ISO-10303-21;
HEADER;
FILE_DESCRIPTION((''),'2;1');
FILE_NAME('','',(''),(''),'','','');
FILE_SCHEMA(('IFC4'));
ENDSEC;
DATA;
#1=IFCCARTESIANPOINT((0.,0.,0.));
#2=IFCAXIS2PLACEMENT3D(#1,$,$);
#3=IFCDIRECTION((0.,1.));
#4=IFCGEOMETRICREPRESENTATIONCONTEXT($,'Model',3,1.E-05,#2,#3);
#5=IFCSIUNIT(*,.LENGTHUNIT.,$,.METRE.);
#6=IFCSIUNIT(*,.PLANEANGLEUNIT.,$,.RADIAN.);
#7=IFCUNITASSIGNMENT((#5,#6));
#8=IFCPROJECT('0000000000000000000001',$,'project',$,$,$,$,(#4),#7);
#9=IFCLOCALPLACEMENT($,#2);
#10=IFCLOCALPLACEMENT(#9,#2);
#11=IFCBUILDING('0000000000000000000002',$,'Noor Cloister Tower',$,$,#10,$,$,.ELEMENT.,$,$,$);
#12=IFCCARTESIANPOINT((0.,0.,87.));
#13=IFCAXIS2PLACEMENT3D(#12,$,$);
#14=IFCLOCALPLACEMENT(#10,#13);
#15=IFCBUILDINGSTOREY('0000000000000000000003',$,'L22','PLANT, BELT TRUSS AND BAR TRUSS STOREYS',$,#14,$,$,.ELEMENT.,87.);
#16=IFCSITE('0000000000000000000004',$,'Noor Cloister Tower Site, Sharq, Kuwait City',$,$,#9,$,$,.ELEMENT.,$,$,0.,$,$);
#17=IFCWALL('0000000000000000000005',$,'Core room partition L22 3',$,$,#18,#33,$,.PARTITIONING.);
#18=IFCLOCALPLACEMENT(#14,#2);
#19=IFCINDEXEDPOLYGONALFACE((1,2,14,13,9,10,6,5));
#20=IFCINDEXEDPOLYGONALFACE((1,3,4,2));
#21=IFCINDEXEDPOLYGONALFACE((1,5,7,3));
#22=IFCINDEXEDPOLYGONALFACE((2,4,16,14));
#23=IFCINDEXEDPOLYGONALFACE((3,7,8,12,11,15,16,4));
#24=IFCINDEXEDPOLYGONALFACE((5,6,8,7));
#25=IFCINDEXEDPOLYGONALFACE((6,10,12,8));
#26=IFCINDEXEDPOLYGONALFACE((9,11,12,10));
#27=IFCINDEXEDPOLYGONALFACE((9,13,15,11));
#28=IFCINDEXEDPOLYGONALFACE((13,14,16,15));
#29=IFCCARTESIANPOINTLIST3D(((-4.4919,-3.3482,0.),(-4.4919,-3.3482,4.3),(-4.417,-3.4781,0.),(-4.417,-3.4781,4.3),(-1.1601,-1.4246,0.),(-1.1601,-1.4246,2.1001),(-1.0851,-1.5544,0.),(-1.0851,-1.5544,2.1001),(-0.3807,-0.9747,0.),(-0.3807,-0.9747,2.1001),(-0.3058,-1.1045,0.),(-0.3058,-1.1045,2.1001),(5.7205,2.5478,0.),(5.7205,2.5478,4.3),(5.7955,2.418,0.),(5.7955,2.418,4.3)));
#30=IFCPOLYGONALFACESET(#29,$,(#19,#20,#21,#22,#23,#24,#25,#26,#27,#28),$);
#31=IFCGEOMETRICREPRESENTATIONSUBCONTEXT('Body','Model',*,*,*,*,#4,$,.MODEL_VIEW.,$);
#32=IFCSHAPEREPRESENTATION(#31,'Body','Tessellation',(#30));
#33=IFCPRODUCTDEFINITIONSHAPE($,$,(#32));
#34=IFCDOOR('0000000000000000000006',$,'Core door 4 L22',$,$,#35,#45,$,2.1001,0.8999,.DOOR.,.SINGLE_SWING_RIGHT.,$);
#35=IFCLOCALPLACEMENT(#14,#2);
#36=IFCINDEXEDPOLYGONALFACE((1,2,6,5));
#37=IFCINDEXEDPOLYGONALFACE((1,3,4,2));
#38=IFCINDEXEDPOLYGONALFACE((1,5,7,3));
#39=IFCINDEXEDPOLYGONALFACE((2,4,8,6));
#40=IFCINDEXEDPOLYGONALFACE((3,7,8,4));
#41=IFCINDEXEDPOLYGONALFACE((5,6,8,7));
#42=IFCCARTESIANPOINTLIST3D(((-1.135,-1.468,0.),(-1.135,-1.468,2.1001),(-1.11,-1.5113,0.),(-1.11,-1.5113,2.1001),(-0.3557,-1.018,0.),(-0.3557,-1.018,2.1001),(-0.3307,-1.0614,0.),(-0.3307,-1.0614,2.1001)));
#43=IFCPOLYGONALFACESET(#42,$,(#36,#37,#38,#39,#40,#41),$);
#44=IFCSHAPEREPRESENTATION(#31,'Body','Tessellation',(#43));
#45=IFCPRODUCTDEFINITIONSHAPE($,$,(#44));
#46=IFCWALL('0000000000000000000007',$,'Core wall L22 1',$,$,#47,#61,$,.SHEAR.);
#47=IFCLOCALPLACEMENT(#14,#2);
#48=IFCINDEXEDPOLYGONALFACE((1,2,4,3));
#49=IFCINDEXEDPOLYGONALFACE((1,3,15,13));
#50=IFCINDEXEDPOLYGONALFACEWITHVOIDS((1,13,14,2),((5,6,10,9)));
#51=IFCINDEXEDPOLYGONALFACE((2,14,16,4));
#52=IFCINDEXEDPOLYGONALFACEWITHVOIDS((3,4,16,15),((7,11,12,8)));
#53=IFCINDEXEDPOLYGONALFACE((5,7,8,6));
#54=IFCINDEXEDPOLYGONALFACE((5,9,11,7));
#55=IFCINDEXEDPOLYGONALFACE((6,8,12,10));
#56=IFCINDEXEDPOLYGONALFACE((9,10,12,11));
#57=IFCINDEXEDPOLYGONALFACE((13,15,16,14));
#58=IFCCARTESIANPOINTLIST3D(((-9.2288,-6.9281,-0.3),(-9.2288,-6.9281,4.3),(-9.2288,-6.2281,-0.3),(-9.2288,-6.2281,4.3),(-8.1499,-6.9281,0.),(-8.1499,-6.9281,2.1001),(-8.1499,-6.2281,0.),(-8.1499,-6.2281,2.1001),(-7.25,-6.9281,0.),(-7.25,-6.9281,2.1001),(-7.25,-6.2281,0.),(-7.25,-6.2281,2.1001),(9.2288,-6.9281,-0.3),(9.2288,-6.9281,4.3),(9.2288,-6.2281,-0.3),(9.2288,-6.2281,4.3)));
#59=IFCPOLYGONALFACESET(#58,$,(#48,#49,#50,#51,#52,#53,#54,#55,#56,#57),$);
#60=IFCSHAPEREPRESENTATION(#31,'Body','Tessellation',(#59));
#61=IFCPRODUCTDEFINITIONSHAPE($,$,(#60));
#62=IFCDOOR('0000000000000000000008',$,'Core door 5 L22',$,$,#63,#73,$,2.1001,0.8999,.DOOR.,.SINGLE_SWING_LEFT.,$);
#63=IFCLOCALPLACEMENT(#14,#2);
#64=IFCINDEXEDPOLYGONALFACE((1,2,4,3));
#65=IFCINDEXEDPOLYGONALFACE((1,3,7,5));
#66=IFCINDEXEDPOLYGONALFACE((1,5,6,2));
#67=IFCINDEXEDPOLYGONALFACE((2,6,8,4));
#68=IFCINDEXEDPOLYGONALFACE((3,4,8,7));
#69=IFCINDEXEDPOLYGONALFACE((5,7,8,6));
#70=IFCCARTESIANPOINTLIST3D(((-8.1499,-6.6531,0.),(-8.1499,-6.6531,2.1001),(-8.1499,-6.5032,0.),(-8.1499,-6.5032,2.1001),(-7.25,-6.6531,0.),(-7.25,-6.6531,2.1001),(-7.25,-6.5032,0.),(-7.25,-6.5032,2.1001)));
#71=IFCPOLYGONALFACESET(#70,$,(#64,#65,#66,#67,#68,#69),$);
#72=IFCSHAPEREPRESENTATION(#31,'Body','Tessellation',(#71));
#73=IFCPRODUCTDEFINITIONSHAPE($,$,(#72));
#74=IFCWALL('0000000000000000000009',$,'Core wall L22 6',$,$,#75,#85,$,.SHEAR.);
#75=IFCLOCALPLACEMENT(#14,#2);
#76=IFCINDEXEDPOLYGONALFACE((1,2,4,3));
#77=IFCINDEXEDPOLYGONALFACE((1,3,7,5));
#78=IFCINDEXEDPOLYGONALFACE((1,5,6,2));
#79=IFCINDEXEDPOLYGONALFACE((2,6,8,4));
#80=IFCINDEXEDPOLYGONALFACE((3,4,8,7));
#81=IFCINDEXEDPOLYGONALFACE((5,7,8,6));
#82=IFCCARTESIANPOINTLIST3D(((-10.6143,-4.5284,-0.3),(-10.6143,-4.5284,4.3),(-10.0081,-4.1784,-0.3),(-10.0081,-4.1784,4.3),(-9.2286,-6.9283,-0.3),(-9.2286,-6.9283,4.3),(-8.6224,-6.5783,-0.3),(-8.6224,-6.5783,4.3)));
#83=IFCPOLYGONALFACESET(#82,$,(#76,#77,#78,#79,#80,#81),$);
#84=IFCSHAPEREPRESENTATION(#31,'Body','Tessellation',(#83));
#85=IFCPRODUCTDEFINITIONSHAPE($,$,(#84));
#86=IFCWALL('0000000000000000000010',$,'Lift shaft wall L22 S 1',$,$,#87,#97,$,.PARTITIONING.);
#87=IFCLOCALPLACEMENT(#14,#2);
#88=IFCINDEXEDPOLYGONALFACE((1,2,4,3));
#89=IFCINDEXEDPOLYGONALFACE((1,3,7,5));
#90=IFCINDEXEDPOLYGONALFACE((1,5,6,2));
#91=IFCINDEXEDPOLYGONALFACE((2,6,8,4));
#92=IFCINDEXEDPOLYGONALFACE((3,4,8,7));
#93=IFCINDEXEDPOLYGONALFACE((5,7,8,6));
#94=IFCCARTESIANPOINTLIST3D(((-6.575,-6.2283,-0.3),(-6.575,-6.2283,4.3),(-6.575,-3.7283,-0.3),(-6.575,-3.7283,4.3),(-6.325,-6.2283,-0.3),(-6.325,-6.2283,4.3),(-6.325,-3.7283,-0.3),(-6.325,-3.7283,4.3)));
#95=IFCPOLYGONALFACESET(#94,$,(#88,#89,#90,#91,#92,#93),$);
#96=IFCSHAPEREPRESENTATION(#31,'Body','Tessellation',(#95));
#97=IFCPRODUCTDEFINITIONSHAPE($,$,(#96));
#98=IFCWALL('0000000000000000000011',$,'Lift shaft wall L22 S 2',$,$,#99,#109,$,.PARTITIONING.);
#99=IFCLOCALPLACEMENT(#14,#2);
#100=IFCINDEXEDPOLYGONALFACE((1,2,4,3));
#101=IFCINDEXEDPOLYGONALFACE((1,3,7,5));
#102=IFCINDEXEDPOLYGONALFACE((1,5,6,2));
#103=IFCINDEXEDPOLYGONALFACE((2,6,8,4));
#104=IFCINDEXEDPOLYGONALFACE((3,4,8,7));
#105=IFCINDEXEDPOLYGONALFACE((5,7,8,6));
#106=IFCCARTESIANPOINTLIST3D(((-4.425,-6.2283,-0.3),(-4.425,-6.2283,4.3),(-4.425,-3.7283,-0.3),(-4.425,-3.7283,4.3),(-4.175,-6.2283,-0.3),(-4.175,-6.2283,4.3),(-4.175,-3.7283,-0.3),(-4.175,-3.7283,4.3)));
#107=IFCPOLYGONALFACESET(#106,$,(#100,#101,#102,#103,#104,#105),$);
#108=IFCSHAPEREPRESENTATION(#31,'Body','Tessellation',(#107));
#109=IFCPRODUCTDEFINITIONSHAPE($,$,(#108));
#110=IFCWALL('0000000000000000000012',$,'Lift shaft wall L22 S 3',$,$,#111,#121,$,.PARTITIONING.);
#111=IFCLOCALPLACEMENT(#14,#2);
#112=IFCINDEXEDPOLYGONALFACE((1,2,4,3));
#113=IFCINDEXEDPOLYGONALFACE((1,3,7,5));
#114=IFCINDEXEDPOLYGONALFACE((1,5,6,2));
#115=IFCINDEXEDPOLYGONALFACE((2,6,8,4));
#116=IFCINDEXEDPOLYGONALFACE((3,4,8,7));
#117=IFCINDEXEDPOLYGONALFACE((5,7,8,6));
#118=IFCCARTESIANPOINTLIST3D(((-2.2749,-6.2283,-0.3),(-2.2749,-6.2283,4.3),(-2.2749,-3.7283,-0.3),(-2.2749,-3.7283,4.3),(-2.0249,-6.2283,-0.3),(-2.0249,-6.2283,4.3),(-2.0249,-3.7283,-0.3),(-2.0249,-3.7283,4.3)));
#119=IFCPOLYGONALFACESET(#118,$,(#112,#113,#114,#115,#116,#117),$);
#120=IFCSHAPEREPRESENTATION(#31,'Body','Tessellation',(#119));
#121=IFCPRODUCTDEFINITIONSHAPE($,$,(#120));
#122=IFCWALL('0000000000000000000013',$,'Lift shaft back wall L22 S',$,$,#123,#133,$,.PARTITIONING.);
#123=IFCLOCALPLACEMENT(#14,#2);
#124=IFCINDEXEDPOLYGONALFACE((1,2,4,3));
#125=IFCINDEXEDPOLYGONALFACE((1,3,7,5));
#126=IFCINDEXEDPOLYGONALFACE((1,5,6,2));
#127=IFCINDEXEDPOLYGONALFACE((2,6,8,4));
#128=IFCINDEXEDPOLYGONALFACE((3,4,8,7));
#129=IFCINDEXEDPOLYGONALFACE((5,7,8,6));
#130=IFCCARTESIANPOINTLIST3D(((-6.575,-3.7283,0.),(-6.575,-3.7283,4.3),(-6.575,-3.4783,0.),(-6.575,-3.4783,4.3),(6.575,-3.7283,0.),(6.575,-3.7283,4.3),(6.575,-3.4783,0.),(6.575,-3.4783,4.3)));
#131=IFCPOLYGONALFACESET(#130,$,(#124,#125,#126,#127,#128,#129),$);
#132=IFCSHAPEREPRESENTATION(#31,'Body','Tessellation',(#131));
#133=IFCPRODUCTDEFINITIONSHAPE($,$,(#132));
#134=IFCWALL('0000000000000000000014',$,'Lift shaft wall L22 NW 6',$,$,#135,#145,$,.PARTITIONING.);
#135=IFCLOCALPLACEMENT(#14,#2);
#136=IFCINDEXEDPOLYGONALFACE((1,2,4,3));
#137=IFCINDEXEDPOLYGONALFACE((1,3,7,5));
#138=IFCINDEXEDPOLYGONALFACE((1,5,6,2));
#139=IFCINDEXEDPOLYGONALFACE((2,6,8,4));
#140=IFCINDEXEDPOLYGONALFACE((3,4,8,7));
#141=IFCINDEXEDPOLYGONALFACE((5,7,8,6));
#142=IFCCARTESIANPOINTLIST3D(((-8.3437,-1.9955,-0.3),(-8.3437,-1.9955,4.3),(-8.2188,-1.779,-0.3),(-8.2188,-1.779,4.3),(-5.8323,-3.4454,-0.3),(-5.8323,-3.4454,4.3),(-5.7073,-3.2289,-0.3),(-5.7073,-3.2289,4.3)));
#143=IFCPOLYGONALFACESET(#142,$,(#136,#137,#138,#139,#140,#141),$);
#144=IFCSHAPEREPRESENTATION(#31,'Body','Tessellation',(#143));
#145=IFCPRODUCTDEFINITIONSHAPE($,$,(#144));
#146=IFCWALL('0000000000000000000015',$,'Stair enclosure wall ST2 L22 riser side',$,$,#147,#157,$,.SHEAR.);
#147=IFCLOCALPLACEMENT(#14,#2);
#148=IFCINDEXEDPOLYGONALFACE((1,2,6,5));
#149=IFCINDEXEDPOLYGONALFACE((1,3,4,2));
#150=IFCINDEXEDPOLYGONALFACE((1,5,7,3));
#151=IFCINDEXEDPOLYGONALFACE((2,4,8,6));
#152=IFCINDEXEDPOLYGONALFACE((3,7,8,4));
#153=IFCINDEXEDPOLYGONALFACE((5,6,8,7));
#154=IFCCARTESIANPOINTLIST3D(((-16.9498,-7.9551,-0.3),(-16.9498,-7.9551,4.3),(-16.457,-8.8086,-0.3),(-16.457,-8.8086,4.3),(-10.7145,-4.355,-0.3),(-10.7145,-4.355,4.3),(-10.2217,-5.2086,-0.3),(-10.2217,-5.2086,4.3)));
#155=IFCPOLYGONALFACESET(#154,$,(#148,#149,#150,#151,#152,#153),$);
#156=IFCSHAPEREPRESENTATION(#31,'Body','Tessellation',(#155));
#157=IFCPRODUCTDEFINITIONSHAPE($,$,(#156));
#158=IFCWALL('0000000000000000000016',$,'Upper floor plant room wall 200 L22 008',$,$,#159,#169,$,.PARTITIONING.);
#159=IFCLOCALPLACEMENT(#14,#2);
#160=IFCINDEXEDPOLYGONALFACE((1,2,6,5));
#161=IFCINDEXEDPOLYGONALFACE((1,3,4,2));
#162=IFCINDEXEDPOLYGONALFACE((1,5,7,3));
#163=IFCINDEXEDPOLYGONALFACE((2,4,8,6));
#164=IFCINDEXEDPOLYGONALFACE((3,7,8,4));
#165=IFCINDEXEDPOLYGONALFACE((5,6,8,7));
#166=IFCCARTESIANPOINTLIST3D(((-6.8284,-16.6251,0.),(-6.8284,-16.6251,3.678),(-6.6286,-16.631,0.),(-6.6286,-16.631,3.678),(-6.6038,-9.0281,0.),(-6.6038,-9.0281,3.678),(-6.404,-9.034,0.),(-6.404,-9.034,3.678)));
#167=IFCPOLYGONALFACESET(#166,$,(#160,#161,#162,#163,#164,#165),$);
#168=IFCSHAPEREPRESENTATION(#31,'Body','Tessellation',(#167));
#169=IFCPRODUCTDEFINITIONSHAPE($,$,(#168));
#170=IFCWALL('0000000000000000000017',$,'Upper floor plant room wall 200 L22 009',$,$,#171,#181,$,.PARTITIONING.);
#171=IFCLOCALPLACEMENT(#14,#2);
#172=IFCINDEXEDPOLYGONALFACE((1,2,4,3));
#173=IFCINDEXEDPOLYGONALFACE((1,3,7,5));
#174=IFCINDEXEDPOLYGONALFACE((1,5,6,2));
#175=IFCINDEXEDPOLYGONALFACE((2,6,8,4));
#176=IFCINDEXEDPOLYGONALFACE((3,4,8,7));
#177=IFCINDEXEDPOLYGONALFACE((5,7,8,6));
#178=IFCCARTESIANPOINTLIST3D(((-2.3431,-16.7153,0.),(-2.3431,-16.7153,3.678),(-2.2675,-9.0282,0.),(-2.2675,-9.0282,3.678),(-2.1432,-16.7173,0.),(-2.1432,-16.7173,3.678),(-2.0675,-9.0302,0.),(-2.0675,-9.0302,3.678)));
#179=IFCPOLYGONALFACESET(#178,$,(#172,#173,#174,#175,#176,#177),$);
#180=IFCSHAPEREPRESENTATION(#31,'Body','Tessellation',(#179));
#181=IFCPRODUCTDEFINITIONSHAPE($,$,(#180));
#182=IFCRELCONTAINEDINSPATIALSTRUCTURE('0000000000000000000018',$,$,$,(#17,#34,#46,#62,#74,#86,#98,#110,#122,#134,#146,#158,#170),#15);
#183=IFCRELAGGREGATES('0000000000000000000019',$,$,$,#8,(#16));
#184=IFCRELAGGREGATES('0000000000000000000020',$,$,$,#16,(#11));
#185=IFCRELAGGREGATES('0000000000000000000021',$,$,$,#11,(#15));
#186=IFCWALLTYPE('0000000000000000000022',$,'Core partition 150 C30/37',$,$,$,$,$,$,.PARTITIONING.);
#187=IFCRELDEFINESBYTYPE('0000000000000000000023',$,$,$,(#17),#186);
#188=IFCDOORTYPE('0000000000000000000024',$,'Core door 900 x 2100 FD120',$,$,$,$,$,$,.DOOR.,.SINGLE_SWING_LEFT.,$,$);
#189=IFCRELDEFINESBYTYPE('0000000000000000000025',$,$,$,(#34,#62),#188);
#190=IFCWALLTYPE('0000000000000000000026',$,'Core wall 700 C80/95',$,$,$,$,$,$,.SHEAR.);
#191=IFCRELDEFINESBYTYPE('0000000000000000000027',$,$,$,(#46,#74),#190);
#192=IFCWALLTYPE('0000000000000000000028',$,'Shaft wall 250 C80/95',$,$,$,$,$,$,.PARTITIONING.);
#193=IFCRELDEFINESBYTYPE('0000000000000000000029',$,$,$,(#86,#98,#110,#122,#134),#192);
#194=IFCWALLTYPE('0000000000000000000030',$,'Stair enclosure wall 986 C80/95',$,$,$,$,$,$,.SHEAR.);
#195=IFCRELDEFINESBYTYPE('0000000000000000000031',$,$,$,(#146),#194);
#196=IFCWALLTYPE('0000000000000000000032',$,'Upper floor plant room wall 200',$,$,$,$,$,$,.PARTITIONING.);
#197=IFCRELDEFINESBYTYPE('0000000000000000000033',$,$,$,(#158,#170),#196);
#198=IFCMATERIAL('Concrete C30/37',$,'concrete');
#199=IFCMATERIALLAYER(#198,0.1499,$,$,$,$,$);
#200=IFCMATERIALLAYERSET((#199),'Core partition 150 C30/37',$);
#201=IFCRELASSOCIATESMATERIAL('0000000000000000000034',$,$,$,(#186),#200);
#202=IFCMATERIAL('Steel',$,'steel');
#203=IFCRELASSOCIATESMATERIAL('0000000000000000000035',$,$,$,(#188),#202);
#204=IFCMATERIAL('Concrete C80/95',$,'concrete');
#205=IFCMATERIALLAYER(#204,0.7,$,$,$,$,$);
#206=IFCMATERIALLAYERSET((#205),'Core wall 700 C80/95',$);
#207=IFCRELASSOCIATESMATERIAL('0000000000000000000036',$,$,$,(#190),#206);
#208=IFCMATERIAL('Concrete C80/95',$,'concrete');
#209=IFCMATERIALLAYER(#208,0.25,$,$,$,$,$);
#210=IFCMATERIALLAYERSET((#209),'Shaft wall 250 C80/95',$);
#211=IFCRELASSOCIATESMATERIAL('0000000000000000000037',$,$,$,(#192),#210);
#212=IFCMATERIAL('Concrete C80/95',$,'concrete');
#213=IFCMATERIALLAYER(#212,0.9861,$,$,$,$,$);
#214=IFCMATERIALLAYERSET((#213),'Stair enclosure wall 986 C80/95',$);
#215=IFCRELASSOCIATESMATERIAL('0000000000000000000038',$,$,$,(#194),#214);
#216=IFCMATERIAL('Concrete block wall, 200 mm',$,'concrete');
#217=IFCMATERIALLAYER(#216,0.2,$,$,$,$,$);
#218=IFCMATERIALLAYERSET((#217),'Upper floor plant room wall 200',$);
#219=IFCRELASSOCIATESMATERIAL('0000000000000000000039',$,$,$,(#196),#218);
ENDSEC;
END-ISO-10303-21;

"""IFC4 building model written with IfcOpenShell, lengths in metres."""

from ifc_helpers import new_model, si_unit, direction, frame, frame_2d, origin, place, context, subcontext, project, spatial, rectangle, extrude, material, layer, layer_set, type_object, element, fill, save


model = new_model("IFC4")

# Units and contexts
model_context = context("Model", 3, precision=1e-05, world=origin(), true_north=direction((0.0, 1.0)))
body_context = subcontext(model_context, "Body", "Model", "MODEL_VIEW")
ifc_project = project(units=[si_unit("LENGTHUNIT", "METRE"), si_unit("PLANEANGLEUNIT", "RADIAN")], contexts=[model_context])

# Site, building, storey
site_placement = place(None, origin())
site = spatial("IfcSite", under=ifc_project, at=site_placement, Name="Noor Cloister Tower Site, Sharq, Kuwait City", CompositionType="ELEMENT", RefElevation=0.0)
building_placement = place(site_placement, origin())
building = spatial("IfcBuilding", under=site, at=building_placement, Name="Noor Cloister Tower", CompositionType="ELEMENT")
storey_placement = place(building_placement, frame((0.0, 0.0, 87.0)))
storey = spatial("IfcBuildingStorey", under=building, at=storey_placement, Name="L22", Description="PLANT, BELT TRUSS AND BAR TRUSS STOREYS", CompositionType="ELEMENT", Elevation=87.0)

# Walls, openings, doors
ifc_material_1 = material(Name="Concrete C30/37", Category="concrete")
ifc_layer_1 = layer(ifc_material_1, 0.1499)
ifc_layer_set_1 = layer_set([ifc_layer_1], Name="Core partition 150 C30/37")
wall_type_1 = type_object("IfcWallType", Name="Core partition 150 C30/37", PredefinedType="PARTITIONING", material=ifc_layer_set_1)
wall_1_placement = place(storey_placement, frame((-4.4543, -3.4131, 0.0), z_axis=(0.0, 0.0, 1.0), x_axis=(0.86603, 0.499991, 0.0)))
wall_1 = element("IfcWall", 1, at=wall_1_placement, inside=storey, type_object=wall_type_1, Name="Core room partition L22 3", PredefinedType="PARTITIONING", context=body_context, shape_type="SweptSolid", body=[
    extrude(rectangle(XDim=11.7922, YDim=0.1499, at=frame_2d((5.896, 0.0))), origin(), (0.0, 0.0, 1.0), 4.3),
])
opening_1_placement = place(wall_1_placement, frame((3.8472, 0.0, 0.0)))
opening_1 = element("IfcOpeningElement", 2, at=opening_1_placement, cuts=wall_1, PredefinedType="OPENING", context=body_context, shape_type="SweptSolid", body=[
    extrude(rectangle(XDim=0.8999, YDim=2.1001, at=frame_2d((0.45, 1.05))), frame((0.0, 0.085, 0.0), z_axis=(0.0, -1.0, 0.0), x_axis=(1.0, 0.0, 0.0)), (0.0, 0.0, 1.0), 0.1699),
])
ifc_material_2 = material(Name="Steel", Category="steel")
door_type_1 = type_object("IfcDoorType", Name="Core door 900 x 2100 FD120", OperationType="SINGLE_SWING_LEFT", PredefinedType="DOOR", material=ifc_material_2)
door_1_placement = place(opening_1_placement, origin())
door_1 = element("IfcDoor", 3, at=door_1_placement, inside=storey, type_object=door_type_1, Name="Core door 4 L22", OperationType="SINGLE_SWING_RIGHT", OverallHeight=2.1001, OverallWidth=0.8999, PredefinedType="DOOR", context=body_context, shape_type="SweptSolid", body=[
    extrude(rectangle(XDim=0.8999, YDim=2.1001, at=frame_2d((0.45, 1.05))), frame((0.0, 0.0249, 0.0), z_axis=(0.0, -1.0, 0.0), x_axis=(1.0, 0.0, 0.0)), (0.0, 0.0, 1.0), 0.05),
])
fill(opening_1, door_1)
ifc_material_3 = material(Name="Concrete C80/95", Category="concrete")
ifc_layer_2 = layer(ifc_material_3, 0.7)
ifc_layer_set_2 = layer_set([ifc_layer_2], Name="Core wall 700 C80/95")
wall_type_2 = type_object("IfcWallType", Name="Core wall 700 C80/95", PredefinedType="SHEAR", material=ifc_layer_set_2)
wall_2_placement = place(storey_placement, frame((-9.2288, -6.5781, -0.3), z_axis=(0.0, 0.0, 1.0), x_axis=(1.0, 0.0, 0.0)))
wall_2 = element("IfcWall", 4, at=wall_2_placement, inside=storey, type_object=wall_type_2, Name="Core wall L22 1", PredefinedType="SHEAR", context=body_context, shape_type="SweptSolid", body=[
    extrude(rectangle(XDim=18.4575, YDim=0.7, at=frame_2d((9.2288, 0.0))), origin(), (0.0, 0.0, 1.0), 4.6001),
])
opening_2_placement = place(wall_2_placement, frame((1.0789, 0.0, 0.3)))
opening_2 = element("IfcOpeningElement", 5, at=opening_2_placement, cuts=wall_2, PredefinedType="OPENING", context=body_context, shape_type="SweptSolid", body=[
    extrude(rectangle(XDim=0.8999, YDim=2.1001, at=frame_2d((0.45, 1.05))), frame((0.0, 0.3599, 0.0), z_axis=(0.0, -1.0, 0.0), x_axis=(1.0, 0.0, 0.0)), (0.0, 0.0, 1.0), 0.72),
])
door_2_placement = place(opening_2_placement, origin())
door_2 = element("IfcDoor", 6, at=door_2_placement, inside=storey, type_object=door_type_1, Name="Core door 5 L22", OperationType="SINGLE_SWING_LEFT", OverallHeight=2.1001, OverallWidth=0.8999, PredefinedType="DOOR", context=body_context, shape_type="SweptSolid", body=[
    extrude(rectangle(XDim=0.8999, YDim=2.1001, at=frame_2d((0.45, 1.05))), frame((0.0, 0.075, 0.0), z_axis=(0.0, -1.0, 0.0), x_axis=(1.0, 0.0, 0.0)), (0.0, 0.0, 1.0), 0.1499),
])
fill(opening_2, door_2)

# Walls
wall_3_placement = place(storey_placement, frame((-10.3113, -4.3533, -0.3), z_axis=(0.0, 0.0, 1.0), x_axis=(0.500043, -0.866001, 0.0)))
element("IfcWall", 7, at=wall_3_placement, inside=storey, type_object=wall_type_2, Name="Core wall L22 6", PredefinedType="SHEAR", context=body_context, shape_type="SweptSolid", body=[
    extrude(rectangle(XDim=2.7712, YDim=0.7, at=frame_2d((1.3857, 0.0))), origin(), (0.0, 0.0, 1.0), 4.6001),
])
ifc_material_4 = material(Name="Concrete C80/95", Category="concrete")
ifc_layer_3 = layer(ifc_material_4, 0.25)
ifc_layer_set_3 = layer_set([ifc_layer_3], Name="Shaft wall 250 C80/95")
wall_type_3 = type_object("IfcWallType", Name="Shaft wall 250 C80/95", PredefinedType="PARTITIONING", material=ifc_layer_set_3)
for number, where, z_axis, x_axis, name in (
    (8, (-6.45, -6.2283, -0.3), (0.0, 0.0, 1.0), (0.0, 1.0, 0.0), "Lift shaft wall L22 S 1"),
    (9, (-4.3, -6.2283, -0.3), (0.0, 0.0, 1.0), (0.0, 1.0, 0.0), "Lift shaft wall L22 S 2"),
    (10, (-2.1499, -6.2283, -0.3), (0.0, 0.0, 1.0), (0.0, 1.0, 0.0), "Lift shaft wall L22 S 3"),
):
    element("IfcWall", number, at=place(storey_placement, frame(where, z_axis=z_axis, x_axis=x_axis)), inside=storey, type_object=wall_type_3, Name=name, PredefinedType="PARTITIONING", context=body_context, shape_type="SweptSolid", body=[
        extrude(rectangle(XDim=2.5, YDim=0.25, at=frame_2d((1.25, 0.0))), origin(), (0.0, 0.0, 1.0), 4.6001),
    ])
wall_4_placement = place(storey_placement, frame((-6.575, -3.6033, 0.0), z_axis=(0.0, 0.0, 1.0), x_axis=(1.0, 0.0, 0.0)))
element("IfcWall", 11, at=wall_4_placement, inside=storey, type_object=wall_type_3, Name="Lift shaft back wall L22 S", PredefinedType="PARTITIONING", context=body_context, shape_type="SweptSolid", body=[
    extrude(rectangle(XDim=13.1499, YDim=0.25, at=frame_2d((6.575, 0.0))), origin(), (0.0, 0.0, 1.0), 4.3),
])
wall_5_placement = place(storey_placement, frame((-8.2812, -1.8872, -0.3), z_axis=(0.0, 0.0, 1.0), x_axis=(0.866033, -0.499987, 0.0)))
element("IfcWall", 12, at=wall_5_placement, inside=storey, type_object=wall_type_3, Name="Lift shaft wall L22 NW 6", PredefinedType="PARTITIONING", context=body_context, shape_type="SweptSolid", body=[
    extrude(rectangle(XDim=2.8999, YDim=0.25, at=frame_2d((1.45, 0.0))), origin(), (0.0, 0.0, 1.0), 4.6001),
])
ifc_material_5 = material(Name="Concrete C80/95", Category="concrete")
ifc_layer_4 = layer(ifc_material_5, 0.9861)
ifc_layer_set_4 = layer_set([ifc_layer_4], Name="Stair enclosure wall 986 C80/95")
wall_type_4 = type_object("IfcWallType", Name="Stair enclosure wall 986 C80/95", PredefinedType="SHEAR", material=ifc_layer_set_4)
wall_6_placement = place(storey_placement, frame((-10.468, -4.7817, -0.3), z_axis=(0.0, 0.0, 1.0), x_axis=(-0.866018, -0.500012, 0.0)))
element("IfcWall", 13, at=wall_6_placement, inside=storey, type_object=wall_type_4, Name="Stair enclosure wall ST2 L22 riser side", PredefinedType="SHEAR", context=body_context, shape_type="SweptSolid", body=[
    extrude(rectangle(XDim=7.2, YDim=0.9856, at=frame_2d((3.6001, 0.0))), origin(), (0.0, 0.0, 1.0), 4.6001),
])
ifc_material_6 = material(Name="Concrete block wall, 200 mm", Category="concrete")
ifc_layer_5 = layer(ifc_material_6, 0.2)
ifc_layer_set_5 = layer_set([ifc_layer_5], Name="Upper floor plant room wall 200")
wall_type_5 = type_object("IfcWallType", Name="Upper floor plant room wall 200", PredefinedType="PARTITIONING", material=ifc_layer_set_5)
wall_7_placement = place(storey_placement, frame((-6.7285, -16.6282, 0.0), z_axis=(0.0, 0.0, 1.0), x_axis=(0.029553, 0.999563, 0.0)))
element("IfcWall", 14, at=wall_7_placement, inside=storey, type_object=wall_type_5, Name="Upper floor plant room wall 200 L22 008", PredefinedType="PARTITIONING", context=body_context, shape_type="SweptSolid", body=[
    extrude(rectangle(XDim=7.6003, YDim=0.2, at=frame_2d((3.8003, 0.0))), origin(), (0.0, 0.0, 1.0), 3.678),
])
wall_8_placement = place(storey_placement, frame((-2.2432, -16.7163, 0.0), z_axis=(0.0, 0.0, 1.0), x_axis=(0.009845, 0.999952, 0.0)))
element("IfcWall", 15, at=wall_8_placement, inside=storey, type_object=wall_type_5, Name="Upper floor plant room wall 200 L22 009", PredefinedType="PARTITIONING", context=body_context, shape_type="SweptSolid", body=[
    extrude(rectangle(XDim=7.6875, YDim=0.2, at=frame_2d((3.8438, 0.0))), origin(), (0.0, 0.0, 1.0), 3.678),
])

save(model, "model.ifc")
